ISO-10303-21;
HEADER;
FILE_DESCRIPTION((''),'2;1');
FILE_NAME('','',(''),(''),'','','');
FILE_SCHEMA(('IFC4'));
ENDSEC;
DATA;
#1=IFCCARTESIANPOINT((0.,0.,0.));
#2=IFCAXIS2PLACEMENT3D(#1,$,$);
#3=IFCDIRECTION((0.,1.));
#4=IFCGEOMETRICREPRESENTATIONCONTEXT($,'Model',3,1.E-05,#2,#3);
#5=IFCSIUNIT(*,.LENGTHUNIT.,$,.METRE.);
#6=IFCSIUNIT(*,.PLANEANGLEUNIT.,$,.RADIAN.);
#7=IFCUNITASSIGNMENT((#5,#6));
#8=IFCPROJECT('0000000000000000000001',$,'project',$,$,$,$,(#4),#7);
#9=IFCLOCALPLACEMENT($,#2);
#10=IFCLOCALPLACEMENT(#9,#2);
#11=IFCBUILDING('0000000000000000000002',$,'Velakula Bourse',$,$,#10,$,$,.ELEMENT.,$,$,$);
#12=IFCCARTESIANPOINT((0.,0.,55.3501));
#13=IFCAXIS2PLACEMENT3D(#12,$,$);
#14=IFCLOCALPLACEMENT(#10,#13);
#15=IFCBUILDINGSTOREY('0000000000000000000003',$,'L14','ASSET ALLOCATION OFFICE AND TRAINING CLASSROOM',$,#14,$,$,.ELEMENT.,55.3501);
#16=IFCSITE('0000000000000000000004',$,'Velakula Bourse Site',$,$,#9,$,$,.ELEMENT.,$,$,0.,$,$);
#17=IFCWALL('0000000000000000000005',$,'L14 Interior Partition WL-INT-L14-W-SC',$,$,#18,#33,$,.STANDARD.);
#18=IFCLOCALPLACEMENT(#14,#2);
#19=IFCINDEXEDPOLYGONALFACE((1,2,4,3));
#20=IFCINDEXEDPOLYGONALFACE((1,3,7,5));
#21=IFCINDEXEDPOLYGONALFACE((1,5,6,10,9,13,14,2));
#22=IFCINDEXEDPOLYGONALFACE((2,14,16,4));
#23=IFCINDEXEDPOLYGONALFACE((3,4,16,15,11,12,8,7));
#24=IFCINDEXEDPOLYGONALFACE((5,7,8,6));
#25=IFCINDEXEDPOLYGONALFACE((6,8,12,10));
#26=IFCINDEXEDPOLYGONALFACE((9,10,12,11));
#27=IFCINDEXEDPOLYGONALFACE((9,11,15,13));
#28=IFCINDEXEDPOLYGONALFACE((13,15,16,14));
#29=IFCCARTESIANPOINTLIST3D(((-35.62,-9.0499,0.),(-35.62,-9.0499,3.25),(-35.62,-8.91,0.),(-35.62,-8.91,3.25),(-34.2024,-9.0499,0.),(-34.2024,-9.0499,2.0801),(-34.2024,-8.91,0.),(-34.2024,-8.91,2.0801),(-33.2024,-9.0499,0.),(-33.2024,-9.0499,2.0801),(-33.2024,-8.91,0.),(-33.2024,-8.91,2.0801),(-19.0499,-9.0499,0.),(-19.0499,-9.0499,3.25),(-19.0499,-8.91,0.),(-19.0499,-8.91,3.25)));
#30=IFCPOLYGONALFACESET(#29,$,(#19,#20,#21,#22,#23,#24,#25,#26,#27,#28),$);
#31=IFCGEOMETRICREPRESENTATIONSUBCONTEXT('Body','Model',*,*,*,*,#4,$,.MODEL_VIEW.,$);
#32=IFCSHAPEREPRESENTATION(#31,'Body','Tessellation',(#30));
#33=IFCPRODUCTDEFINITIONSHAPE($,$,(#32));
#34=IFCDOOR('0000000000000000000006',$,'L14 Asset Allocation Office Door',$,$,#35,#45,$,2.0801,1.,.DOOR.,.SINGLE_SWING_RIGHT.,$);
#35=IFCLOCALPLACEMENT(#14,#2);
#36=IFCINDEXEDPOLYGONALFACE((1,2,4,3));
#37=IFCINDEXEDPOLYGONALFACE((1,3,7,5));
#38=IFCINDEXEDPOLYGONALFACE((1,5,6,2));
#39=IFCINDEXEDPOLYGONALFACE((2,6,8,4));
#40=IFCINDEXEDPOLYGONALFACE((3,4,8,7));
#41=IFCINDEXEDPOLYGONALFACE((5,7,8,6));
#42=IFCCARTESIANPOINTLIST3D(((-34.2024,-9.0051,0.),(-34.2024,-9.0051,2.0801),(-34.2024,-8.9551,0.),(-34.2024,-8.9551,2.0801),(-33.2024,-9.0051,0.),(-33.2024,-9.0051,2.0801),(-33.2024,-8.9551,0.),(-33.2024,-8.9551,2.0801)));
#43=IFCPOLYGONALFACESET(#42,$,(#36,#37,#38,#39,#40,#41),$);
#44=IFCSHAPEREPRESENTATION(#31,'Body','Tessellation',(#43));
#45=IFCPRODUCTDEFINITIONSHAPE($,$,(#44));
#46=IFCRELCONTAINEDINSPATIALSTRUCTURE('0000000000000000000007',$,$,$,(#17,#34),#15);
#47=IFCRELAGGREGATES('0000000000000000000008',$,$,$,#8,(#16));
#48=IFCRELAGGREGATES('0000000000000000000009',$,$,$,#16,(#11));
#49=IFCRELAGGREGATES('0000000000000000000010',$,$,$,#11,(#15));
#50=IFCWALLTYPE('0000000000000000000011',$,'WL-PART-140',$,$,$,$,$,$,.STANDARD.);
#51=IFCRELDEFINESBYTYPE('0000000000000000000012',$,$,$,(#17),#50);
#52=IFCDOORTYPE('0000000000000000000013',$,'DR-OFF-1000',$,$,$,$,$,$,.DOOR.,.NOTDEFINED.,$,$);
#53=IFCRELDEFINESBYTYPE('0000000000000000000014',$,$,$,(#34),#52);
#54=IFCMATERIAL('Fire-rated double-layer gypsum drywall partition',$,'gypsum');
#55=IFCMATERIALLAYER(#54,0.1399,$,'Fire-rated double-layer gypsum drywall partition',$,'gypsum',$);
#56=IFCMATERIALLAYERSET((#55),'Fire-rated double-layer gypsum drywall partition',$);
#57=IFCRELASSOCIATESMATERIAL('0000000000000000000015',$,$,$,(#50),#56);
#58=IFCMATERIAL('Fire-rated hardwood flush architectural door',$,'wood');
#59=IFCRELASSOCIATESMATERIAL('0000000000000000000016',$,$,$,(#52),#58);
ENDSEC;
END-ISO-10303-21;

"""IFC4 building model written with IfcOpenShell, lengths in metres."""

from ifc_helpers import new_model, si_unit, direction, frame, frame_2d, origin, place, context, subcontext, project, spatial, rectangle, extrude, material, layer, layer_set, type_object, element, fill, save


model = new_model("IFC4")

# Units and contexts
model_context = context("Model", 3, precision=1e-05, world=origin(), true_north=direction((0.0, 1.0)))
body_context = subcontext(model_context, "Body", "Model", "MODEL_VIEW")
ifc_project = project(units=[si_unit("LENGTHUNIT", "METRE"), si_unit("PLANEANGLEUNIT", "RADIAN")], contexts=[model_context])

# Site, building, storey
site_placement = place(None, origin())
site = spatial("IfcSite", under=ifc_project, at=site_placement, Name="Velakula Bourse Site", CompositionType="ELEMENT", RefElevation=0.0)
building_placement = place(site_placement, origin())
building = spatial("IfcBuilding", under=site, at=building_placement, Name="Velakula Bourse", CompositionType="ELEMENT")
storey_placement = place(building_placement, frame((0.0, 0.0, 55.3501)))
storey = spatial("IfcBuildingStorey", under=building, at=storey_placement, Name="L14", Description="ASSET ALLOCATION OFFICE AND TRAINING CLASSROOM", CompositionType="ELEMENT", Elevation=55.3501)

# Shared definitions
ifc_material_1 = material(Name="Fire-rated double-layer gypsum drywall partition", Category="gypsum")
ifc_layer = layer(ifc_material_1, 0.1399, Name="Fire-rated double-layer gypsum drywall partition", Category="gypsum")
ifc_layer_set = layer_set([ifc_layer], Name="Fire-rated double-layer gypsum drywall partition")
wall_type = type_object("IfcWallType", Name="WL-PART-140", PredefinedType="STANDARD", material=ifc_layer_set)
ifc_material_2 = material(Name="Fire-rated hardwood flush architectural door", Category="wood")
door_type_1 = type_object("IfcDoorType", Name="DR-OFF-1000", OperationType="NOTDEFINED", PredefinedType="DOOR", material=ifc_material_2)

# Wall, opening, door
wall_1_placement = place(storey_placement, frame((-35.6201, -8.98, 0.0), z_axis=(0.0, 0.0, 1.0), x_axis=(1.0, 0.0, 0.0)))
wall_1 = element("IfcWall", 1, at=wall_1_placement, inside=storey, type_object=wall_type, Name="L14 Interior Partition WL-INT-L14-W-SC", PredefinedType="STANDARD", context=body_context, shape_type="SweptSolid", body=[
    extrude(rectangle(XDim=16.5701, YDim=0.1399, at=frame_2d((8.2852, 0.0))), origin(), (0.0, 0.0, 1.0), 3.25),
])
opening_1_placement = place(wall_1_placement, frame((1.4177, 0.0, 0.0)))
opening_1 = element("IfcOpeningElement", 2, at=opening_1_placement, cuts=wall_1, PredefinedType="OPENING", context=body_context, shape_type="SweptSolid", body=[
    extrude(rectangle(XDim=1.0, YDim=2.0801, at=frame_2d((0.5, 1.04))), frame((0.0, 0.0798, 0.0), z_axis=(0.0, -1.0, 0.0), x_axis=(1.0, 0.0, 0.0)), (0.0, 0.0, 1.0), 0.1599),
])
door_1_placement = place(opening_1_placement, origin())
door_1 = element("IfcDoor", 3, at=door_1_placement, inside=storey, type_object=door_type_1, Name="L14 Asset Allocation Office Door", OperationType="SINGLE_SWING_RIGHT", OverallHeight=2.0801, OverallWidth=1.0, PredefinedType="DOOR", context=body_context, shape_type="SweptSolid", body=[
    extrude(rectangle(XDim=1.0, YDim=2.0801, at=frame_2d((0.5, 1.04))), frame((0.0, 0.0249, 0.0), z_axis=(0.0, -1.0, 0.0), x_axis=(1.0, 0.0, 0.0)), (0.0, 0.0, 1.0), 0.05),
])
fill(opening_1, door_1)

save(model, "model.ifc")
